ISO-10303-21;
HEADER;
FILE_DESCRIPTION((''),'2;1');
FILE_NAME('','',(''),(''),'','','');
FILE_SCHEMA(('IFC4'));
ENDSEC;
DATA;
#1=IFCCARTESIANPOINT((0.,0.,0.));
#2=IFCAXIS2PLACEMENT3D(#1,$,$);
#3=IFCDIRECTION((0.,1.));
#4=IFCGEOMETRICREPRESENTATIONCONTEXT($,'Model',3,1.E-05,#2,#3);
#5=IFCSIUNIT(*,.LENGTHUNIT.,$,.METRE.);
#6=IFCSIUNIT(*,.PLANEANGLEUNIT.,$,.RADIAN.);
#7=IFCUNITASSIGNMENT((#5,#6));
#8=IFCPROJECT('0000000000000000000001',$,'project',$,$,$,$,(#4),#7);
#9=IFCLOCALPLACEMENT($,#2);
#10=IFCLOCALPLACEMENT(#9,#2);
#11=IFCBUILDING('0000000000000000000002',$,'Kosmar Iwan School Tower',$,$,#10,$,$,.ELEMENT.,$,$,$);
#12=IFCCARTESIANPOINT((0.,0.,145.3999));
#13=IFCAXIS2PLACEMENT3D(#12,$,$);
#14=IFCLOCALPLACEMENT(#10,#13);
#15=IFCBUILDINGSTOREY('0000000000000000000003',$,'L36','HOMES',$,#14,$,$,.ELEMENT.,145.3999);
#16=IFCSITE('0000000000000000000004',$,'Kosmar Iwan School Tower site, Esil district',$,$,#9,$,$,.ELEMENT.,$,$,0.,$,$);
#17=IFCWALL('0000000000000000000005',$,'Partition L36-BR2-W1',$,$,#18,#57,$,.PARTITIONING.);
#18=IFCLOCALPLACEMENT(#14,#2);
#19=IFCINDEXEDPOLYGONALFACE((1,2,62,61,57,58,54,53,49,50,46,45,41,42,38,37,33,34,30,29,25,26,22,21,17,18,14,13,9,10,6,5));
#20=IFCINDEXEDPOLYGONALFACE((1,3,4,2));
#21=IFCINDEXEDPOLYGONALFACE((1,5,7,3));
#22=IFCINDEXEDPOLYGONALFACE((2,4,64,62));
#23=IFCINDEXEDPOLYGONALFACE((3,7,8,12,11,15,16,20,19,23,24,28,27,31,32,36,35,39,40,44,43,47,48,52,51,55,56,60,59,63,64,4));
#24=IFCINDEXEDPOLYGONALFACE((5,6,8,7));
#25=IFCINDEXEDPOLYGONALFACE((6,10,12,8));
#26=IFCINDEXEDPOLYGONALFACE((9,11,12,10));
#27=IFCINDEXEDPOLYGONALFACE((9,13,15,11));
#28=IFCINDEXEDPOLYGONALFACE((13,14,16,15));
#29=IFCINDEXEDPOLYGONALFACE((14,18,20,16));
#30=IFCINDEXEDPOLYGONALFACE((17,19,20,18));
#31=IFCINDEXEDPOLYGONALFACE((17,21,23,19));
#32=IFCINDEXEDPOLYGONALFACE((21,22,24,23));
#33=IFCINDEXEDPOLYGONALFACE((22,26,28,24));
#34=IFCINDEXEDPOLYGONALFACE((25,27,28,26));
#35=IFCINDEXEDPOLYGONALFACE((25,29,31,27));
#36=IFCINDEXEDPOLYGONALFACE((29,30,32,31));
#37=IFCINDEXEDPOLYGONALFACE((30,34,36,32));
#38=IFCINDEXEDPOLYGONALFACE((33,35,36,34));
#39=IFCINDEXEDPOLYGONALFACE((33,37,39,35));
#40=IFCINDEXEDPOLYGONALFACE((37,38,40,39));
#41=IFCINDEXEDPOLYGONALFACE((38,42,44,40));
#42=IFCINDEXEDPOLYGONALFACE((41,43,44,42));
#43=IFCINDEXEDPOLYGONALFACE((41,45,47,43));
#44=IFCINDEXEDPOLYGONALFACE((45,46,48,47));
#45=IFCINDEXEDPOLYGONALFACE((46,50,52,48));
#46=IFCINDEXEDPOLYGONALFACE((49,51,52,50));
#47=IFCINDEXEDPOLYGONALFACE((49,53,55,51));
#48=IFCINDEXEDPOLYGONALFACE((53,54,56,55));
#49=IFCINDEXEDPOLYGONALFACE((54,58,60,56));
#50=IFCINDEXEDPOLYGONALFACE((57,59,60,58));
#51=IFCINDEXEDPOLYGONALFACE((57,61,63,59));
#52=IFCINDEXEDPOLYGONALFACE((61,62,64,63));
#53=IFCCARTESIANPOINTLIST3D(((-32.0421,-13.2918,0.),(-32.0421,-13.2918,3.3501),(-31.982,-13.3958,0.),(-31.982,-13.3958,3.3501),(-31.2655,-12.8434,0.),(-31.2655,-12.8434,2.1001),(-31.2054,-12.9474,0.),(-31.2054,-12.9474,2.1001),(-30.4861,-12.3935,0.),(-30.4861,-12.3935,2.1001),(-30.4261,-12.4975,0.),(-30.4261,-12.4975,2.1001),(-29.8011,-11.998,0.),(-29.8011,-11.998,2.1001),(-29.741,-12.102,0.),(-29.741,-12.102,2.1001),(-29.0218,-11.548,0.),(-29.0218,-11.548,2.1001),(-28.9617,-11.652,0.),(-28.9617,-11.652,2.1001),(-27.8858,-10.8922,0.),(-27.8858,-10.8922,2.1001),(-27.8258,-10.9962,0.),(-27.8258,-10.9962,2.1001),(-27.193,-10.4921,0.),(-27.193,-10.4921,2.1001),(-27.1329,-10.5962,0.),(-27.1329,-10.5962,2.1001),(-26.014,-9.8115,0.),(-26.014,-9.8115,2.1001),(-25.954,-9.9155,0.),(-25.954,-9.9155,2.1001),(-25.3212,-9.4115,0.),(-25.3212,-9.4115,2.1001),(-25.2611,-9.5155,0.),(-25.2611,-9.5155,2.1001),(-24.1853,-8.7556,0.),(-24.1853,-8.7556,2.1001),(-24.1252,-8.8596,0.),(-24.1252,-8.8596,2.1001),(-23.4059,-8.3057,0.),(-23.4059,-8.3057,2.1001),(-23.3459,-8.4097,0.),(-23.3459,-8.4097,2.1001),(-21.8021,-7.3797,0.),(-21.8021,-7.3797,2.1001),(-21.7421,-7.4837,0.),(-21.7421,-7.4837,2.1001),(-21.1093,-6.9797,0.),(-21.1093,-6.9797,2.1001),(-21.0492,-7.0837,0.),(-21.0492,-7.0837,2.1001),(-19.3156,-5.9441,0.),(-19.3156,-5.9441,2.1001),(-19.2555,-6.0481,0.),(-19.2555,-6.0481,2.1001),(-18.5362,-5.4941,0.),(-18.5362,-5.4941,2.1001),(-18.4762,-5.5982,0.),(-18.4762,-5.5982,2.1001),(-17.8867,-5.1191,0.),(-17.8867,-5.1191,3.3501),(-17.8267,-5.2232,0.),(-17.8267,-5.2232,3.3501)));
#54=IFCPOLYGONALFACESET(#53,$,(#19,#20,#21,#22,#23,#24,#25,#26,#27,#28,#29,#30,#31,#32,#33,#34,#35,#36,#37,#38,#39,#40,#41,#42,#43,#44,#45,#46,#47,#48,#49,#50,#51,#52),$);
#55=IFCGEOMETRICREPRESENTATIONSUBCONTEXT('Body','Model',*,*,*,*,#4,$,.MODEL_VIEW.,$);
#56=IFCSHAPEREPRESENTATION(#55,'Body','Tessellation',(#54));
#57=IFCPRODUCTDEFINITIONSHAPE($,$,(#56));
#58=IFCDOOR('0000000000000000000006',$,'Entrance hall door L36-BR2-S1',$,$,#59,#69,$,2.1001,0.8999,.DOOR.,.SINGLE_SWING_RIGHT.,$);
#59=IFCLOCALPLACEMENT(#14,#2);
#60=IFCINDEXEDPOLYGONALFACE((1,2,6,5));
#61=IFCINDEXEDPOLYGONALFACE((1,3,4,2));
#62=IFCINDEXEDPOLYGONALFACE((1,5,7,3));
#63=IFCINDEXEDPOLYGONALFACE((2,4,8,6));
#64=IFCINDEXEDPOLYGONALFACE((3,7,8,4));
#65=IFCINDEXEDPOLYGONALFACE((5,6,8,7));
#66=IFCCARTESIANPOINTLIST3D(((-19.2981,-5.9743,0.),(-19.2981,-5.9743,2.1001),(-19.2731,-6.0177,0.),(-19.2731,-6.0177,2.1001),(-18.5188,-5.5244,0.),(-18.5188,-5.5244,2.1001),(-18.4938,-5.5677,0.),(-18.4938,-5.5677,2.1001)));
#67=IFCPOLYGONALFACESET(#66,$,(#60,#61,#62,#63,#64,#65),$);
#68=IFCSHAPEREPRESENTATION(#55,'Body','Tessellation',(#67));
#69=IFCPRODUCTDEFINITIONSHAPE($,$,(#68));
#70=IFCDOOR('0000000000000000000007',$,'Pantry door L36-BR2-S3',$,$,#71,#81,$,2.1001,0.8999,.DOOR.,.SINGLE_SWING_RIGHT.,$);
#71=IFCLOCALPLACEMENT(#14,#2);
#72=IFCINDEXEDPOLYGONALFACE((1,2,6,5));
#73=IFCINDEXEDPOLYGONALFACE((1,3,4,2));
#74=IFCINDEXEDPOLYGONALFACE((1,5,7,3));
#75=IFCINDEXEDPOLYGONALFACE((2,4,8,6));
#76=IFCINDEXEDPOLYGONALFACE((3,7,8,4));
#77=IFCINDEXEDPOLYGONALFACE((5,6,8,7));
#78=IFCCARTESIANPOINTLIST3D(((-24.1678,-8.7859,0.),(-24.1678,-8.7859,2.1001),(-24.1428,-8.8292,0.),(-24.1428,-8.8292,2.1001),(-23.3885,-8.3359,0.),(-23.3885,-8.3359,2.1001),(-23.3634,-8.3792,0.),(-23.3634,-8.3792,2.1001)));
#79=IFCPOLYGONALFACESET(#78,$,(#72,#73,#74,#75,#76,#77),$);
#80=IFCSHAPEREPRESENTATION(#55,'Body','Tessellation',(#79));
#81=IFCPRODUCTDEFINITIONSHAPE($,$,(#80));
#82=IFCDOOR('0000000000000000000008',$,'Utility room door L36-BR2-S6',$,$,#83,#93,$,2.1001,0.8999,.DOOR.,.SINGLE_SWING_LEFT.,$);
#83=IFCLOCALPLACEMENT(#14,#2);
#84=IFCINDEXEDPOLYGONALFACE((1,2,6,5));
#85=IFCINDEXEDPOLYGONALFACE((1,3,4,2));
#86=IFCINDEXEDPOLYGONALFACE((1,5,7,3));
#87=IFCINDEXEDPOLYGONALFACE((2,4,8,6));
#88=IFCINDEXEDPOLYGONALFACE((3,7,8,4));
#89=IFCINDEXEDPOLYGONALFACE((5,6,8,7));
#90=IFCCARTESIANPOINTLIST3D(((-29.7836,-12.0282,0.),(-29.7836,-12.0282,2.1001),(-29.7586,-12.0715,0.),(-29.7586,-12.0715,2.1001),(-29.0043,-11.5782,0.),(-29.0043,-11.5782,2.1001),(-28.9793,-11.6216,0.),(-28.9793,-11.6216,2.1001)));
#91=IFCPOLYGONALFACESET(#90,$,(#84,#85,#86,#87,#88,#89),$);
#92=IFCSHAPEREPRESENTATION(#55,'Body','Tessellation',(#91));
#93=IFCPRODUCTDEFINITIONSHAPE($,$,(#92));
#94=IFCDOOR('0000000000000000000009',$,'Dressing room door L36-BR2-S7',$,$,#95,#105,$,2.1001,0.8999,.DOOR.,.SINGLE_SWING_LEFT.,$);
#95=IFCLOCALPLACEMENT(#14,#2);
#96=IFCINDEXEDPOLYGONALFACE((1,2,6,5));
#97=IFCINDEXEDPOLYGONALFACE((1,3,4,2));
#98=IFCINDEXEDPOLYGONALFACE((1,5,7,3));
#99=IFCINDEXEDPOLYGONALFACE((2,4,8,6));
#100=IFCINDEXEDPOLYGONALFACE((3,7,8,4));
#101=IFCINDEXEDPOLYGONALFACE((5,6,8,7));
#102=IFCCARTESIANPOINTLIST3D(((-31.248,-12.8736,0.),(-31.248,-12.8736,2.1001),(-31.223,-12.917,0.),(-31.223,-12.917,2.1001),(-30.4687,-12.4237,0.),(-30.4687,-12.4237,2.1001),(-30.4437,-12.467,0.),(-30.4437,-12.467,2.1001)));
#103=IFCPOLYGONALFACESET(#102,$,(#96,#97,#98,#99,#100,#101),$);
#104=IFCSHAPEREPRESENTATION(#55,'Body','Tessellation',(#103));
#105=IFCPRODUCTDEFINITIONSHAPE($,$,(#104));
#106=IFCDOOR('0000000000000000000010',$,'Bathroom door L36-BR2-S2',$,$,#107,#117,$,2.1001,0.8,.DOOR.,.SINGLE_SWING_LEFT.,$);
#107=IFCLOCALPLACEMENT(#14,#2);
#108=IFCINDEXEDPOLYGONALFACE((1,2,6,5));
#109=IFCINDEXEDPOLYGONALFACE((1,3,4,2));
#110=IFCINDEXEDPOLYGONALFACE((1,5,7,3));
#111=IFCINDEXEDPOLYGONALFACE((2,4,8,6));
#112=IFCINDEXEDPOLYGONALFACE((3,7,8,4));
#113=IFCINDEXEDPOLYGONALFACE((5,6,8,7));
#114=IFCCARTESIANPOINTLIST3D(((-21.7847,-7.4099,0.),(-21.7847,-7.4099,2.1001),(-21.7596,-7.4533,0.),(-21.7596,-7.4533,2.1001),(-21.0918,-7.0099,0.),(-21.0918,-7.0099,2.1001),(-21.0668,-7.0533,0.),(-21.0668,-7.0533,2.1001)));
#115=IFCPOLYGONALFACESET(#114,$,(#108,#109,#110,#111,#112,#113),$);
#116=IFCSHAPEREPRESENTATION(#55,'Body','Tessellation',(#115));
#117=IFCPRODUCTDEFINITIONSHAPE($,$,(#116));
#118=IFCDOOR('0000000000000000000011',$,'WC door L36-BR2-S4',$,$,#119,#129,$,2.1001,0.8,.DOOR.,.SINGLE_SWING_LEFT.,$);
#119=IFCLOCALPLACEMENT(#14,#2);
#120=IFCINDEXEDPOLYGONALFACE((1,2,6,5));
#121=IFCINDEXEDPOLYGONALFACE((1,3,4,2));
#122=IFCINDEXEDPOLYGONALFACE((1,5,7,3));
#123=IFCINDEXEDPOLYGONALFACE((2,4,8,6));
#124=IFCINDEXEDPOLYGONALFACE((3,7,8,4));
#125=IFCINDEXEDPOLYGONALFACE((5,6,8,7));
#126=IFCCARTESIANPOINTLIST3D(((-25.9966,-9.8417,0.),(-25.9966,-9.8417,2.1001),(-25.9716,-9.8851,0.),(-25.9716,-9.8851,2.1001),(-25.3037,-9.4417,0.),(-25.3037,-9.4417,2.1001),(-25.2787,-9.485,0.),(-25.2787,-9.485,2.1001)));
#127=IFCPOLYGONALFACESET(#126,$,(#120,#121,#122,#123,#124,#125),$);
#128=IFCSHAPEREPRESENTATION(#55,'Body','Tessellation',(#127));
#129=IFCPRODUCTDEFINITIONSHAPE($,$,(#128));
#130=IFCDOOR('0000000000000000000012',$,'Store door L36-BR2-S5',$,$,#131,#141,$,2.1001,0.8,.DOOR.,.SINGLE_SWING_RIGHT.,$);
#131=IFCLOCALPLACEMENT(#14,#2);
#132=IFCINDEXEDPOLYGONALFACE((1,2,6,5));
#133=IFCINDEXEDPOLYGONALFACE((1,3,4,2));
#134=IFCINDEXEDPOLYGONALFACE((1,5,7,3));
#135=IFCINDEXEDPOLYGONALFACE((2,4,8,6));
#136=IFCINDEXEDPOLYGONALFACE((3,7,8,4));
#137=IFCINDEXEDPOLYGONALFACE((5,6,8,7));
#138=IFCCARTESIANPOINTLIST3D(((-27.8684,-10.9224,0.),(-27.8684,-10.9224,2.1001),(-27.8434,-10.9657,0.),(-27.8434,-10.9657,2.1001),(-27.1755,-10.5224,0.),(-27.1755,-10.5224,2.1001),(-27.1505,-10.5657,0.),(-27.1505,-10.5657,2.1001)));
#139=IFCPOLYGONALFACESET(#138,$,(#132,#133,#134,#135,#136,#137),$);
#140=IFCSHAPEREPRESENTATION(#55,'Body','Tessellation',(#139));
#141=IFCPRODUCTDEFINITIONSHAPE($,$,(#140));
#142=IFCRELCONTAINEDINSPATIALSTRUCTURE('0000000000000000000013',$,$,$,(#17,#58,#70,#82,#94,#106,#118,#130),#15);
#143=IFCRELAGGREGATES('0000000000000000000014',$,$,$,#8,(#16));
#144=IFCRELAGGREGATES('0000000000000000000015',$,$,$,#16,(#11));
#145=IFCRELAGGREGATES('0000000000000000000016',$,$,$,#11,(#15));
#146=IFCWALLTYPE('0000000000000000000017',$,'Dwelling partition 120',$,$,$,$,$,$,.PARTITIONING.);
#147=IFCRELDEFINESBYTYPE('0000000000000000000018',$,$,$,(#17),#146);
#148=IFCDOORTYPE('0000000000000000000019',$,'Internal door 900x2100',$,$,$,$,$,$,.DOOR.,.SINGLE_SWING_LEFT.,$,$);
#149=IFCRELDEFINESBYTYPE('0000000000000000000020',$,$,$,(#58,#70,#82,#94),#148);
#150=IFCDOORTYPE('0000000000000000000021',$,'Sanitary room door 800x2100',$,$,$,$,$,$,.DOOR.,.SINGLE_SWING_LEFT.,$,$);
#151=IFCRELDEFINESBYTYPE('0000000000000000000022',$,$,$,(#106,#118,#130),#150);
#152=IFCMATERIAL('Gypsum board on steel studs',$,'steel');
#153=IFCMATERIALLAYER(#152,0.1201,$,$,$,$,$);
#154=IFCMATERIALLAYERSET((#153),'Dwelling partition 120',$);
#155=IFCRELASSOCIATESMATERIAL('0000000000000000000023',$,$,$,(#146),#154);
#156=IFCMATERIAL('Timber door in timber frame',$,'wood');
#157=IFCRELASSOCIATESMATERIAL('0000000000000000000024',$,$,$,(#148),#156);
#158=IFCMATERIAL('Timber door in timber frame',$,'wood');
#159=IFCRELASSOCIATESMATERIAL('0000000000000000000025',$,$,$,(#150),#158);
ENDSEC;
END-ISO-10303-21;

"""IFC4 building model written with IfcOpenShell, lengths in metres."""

from ifc_helpers import new_model, si_unit, direction, frame, frame_2d, origin, place, context, subcontext, project, spatial, rectangle, extrude, material, layer, layer_set, type_object, element, fill, save


model = new_model("IFC4")

# Units and contexts
model_context = context("Model", 3, precision=1e-05, world=origin(), true_north=direction((0.0, 1.0)))
body_context = subcontext(model_context, "Body", "Model", "MODEL_VIEW")
ifc_project = project(units=[si_unit("LENGTHUNIT", "METRE"), si_unit("PLANEANGLEUNIT", "RADIAN")], contexts=[model_context])

# Site, building, storey
site_placement = place(None, origin())
site = spatial("IfcSite", under=ifc_project, at=site_placement, Name="Kosmar Iwan School Tower site, Esil district", CompositionType="ELEMENT", RefElevation=0.0)
building_placement = place(site_placement, origin())
building = spatial("IfcBuilding", under=site, at=building_placement, Name="Kosmar Iwan School Tower", CompositionType="ELEMENT")
storey_placement = place(building_placement, frame((0.0, 0.0, 145.3999)))
storey = spatial("IfcBuildingStorey", under=building, at=storey_placement, Name="L36", Description="HOMES", CompositionType="ELEMENT", Elevation=145.3999)

# Shared definitions
ifc_material_1 = material(Name="Gypsum board on steel studs", Category="steel")
ifc_layer = layer(ifc_material_1, 0.1201)
ifc_layer_set = layer_set([ifc_layer], Name="Dwelling partition 120")
wall_type = type_object("IfcWallType", Name="Dwelling partition 120", PredefinedType="PARTITIONING", material=ifc_layer_set)

# Wall, openings, doors
wall_1_placement = place(storey_placement, frame((-17.8567, -5.1711, 0.0), z_axis=(0.0, 0.0, 1.0), x_axis=(-0.866024, -0.500003, 0.0)))
wall_1 = element("IfcWall", 1, at=wall_1_placement, inside=storey, type_object=wall_type, Name="Partition L36-BR2-W1", PredefinedType="PARTITIONING", context=body_context, shape_type="SweptSolid", body=[
    extrude(rectangle(XDim=16.3452, YDim=0.1201, at=frame_2d((8.1726, 0.0))), origin(), (0.0, 0.0, 1.0), 3.3501),
])
opening_1_placement = place(wall_1_placement, frame((0.75, 0.0, 0.0)))
opening_1 = element("IfcOpeningElement", 2, at=opening_1_placement, cuts=wall_1, PredefinedType="OPENING", context=body_context, shape_type="SweptSolid", body=[
    extrude(rectangle(XDim=0.8999, YDim=2.1001, at=frame_2d((0.45, 1.05))), frame((0.0, 0.072, 0.0), z_axis=(0.0, -1.0, 0.0), x_axis=(1.0, 0.0, 0.0)), (0.0, 0.0, 1.0), 0.144),
])
opening_2_placement = place(wall_1_placement, frame((3.7212, 0.0, 0.0)))
opening_2 = element("IfcOpeningElement", 3, at=opening_2_placement, cuts=wall_1, PredefinedType="OPENING", context=body_context, shape_type="SweptSolid", body=[
    extrude(rectangle(XDim=0.8, YDim=2.1001, at=frame_2d((0.3999, 1.05))), frame((0.0, 0.072, 0.0), z_axis=(0.0, -1.0, 0.0), x_axis=(1.0, 0.0, 0.0)), (0.0, 0.0, 1.0), 0.144),
])
opening_3_placement = place(wall_1_placement, frame((6.373, 0.0, 0.0)))
opening_3 = element("IfcOpeningElement", 4, at=opening_3_placement, cuts=wall_1, PredefinedType="OPENING", context=body_context, shape_type="SweptSolid", body=[
    extrude(rectangle(XDim=0.8999, YDim=2.1001, at=frame_2d((0.45, 1.05))), frame((0.0, 0.072, 0.0), z_axis=(0.0, -1.0, 0.0), x_axis=(1.0, 0.0, 0.0)), (0.0, 0.0, 1.0), 0.144),
])
opening_4_placement = place(wall_1_placement, frame((8.5847, 0.0, 0.0)))
opening_4 = element("IfcOpeningElement", 5, at=opening_4_placement, cuts=wall_1, PredefinedType="OPENING", context=body_context, shape_type="SweptSolid", body=[
    extrude(rectangle(XDim=0.8, YDim=2.1001, at=frame_2d((0.3999, 1.05))), frame((0.0, 0.072, 0.0), z_axis=(0.0, -1.0, 0.0), x_axis=(1.0, 0.0, 0.0)), (0.0, 0.0, 1.0), 0.144),
])
opening_5_placement = place(wall_1_placement, frame((10.7461, 0.0, 0.0)))
opening_5 = element("IfcOpeningElement", 6, at=opening_5_placement, cuts=wall_1, PredefinedType="OPENING", context=body_context, shape_type="SweptSolid", body=[
    extrude(rectangle(XDim=0.8, YDim=2.1001, at=frame_2d((0.3999, 1.05))), frame((0.0, 0.072, 0.0), z_axis=(0.0, -1.0, 0.0), x_axis=(1.0, 0.0, 0.0)), (0.0, 0.0, 1.0), 0.144),
])
opening_6_placement = place(wall_1_placement, frame((12.8577, 0.0, 0.0)))
opening_6 = element("IfcOpeningElement", 7, at=opening_6_placement, cuts=wall_1, PredefinedType="OPENING", context=body_context, shape_type="SweptSolid", body=[
    extrude(rectangle(XDim=0.8999, YDim=2.1001, at=frame_2d((0.45, 1.05))), frame((0.0, 0.072, 0.0), z_axis=(0.0, -1.0, 0.0), x_axis=(1.0, 0.0, 0.0)), (0.0, 0.0, 1.0), 0.144),
])
opening_7_placement = place(wall_1_placement, frame((14.5486, 0.0, 0.0)))
opening_7 = element("IfcOpeningElement", 8, at=opening_7_placement, cuts=wall_1, PredefinedType="OPENING", context=body_context, shape_type="SweptSolid", body=[
    extrude(rectangle(XDim=0.8999, YDim=2.1001, at=frame_2d((0.45, 1.05))), frame((0.0, 0.072, 0.0), z_axis=(0.0, -1.0, 0.0), x_axis=(1.0, 0.0, 0.0)), (0.0, 0.0, 1.0), 0.144),
])
ifc_material_2 = material(Name="Timber door in timber frame", Category="wood")
door_type_1 = type_object("IfcDoorType", Name="Internal door 900x2100", OperationType="SINGLE_SWING_LEFT", PredefinedType="DOOR", material=ifc_material_2)
door_1_placement = place(opening_1_placement, origin())
door_1 = element("IfcDoor", 9, at=door_1_placement, inside=storey, type_object=door_type_1, Name="Entrance hall door L36-BR2-S1", OperationType="SINGLE_SWING_RIGHT", OverallHeight=2.1001, OverallWidth=0.8999, PredefinedType="DOOR", context=body_context, shape_type="SweptSolid", body=[
    extrude(rectangle(XDim=0.8999, YDim=2.1001, at=frame_2d((0.45, 1.05))), frame((0.0, 0.0249, 0.0), z_axis=(0.0, -1.0, 0.0), x_axis=(1.0, 0.0, 0.0)), (0.0, 0.0, 1.0), 0.05),
])
fill(opening_1, door_1)
door_2_placement = place(opening_3_placement, origin())
door_2 = element("IfcDoor", 10, at=door_2_placement, inside=storey, type_object=door_type_1, Name="Pantry door L36-BR2-S3", OperationType="SINGLE_SWING_RIGHT", OverallHeight=2.1001, OverallWidth=0.8999, PredefinedType="DOOR", context=body_context, shape_type="SweptSolid", body=[
    extrude(rectangle(XDim=0.8999, YDim=2.1001, at=frame_2d((0.45, 1.05))), frame((0.0, 0.0249, 0.0), z_axis=(0.0, -1.0, 0.0), x_axis=(1.0, 0.0, 0.0)), (0.0, 0.0, 1.0), 0.05),
])
fill(opening_3, door_2)
door_3_placement = place(opening_6_placement, origin())
door_3 = element("IfcDoor", 11, at=door_3_placement, inside=storey, type_object=door_type_1, Name="Utility room door L36-BR2-S6", OperationType="SINGLE_SWING_LEFT", OverallHeight=2.1001, OverallWidth=0.8999, PredefinedType="DOOR", context=body_context, shape_type="SweptSolid", body=[
    extrude(rectangle(XDim=0.8999, YDim=2.1001, at=frame_2d((0.45, 1.05))), frame((0.0, 0.0249, 0.0), z_axis=(0.0, -1.0, 0.0), x_axis=(1.0, 0.0, 0.0)), (0.0, 0.0, 1.0), 0.05),
])
fill(opening_6, door_3)
door_4_placement = place(opening_7_placement, origin())
door_4 = element("IfcDoor", 12, at=door_4_placement, inside=storey, type_object=door_type_1, Name="Dressing room door L36-BR2-S7", OperationType="SINGLE_SWING_LEFT", OverallHeight=2.1001, OverallWidth=0.8999, PredefinedType="DOOR", context=body_context, shape_type="SweptSolid", body=[
    extrude(rectangle(XDim=0.8999, YDim=2.1001, at=frame_2d((0.45, 1.05))), frame((0.0, 0.0249, 0.0), z_axis=(0.0, -1.0, 0.0), x_axis=(1.0, 0.0, 0.0)), (0.0, 0.0, 1.0), 0.05),
])
fill(opening_7, door_4)
ifc_material_3 = material(Name="Timber door in timber frame", Category="wood")
door_type_2 = type_object("IfcDoorType", Name="Sanitary room door 800x2100", OperationType="SINGLE_SWING_LEFT", PredefinedType="DOOR", material=ifc_material_3)
door_5_placement = place(opening_2_placement, origin())
door_5 = element("IfcDoor", 13, at=door_5_placement, inside=storey, type_object=door_type_2, Name="Bathroom door L36-BR2-S2", OperationType="SINGLE_SWING_LEFT", OverallHeight=2.1001, OverallWidth=0.8, PredefinedType="DOOR", context=body_context, shape_type="SweptSolid", body=[
    extrude(rectangle(XDim=0.8, YDim=2.1001, at=frame_2d((0.3999, 1.05))), frame((0.0, 0.0249, 0.0), z_axis=(0.0, -1.0, 0.0), x_axis=(1.0, 0.0, 0.0)), (0.0, 0.0, 1.0), 0.05),
])
fill(opening_2, door_5)
door_6_placement = place(opening_4_placement, origin())
door_6 = element("IfcDoor", 14, at=door_6_placement, inside=storey, type_object=door_type_2, Name="WC door L36-BR2-S4", OperationType="SINGLE_SWING_LEFT", OverallHeight=2.1001, OverallWidth=0.8, PredefinedType="DOOR", context=body_context, shape_type="SweptSolid", body=[
    extrude(rectangle(XDim=0.8, YDim=2.1001, at=frame_2d((0.3999, 1.05))), frame((0.0, 0.0249, 0.0), z_axis=(0.0, -1.0, 0.0), x_axis=(1.0, 0.0, 0.0)), (0.0, 0.0, 1.0), 0.05),
])
fill(opening_4, door_6)
door_7_placement = place(opening_5_placement, origin())
door_7 = element("IfcDoor", 15, at=door_7_placement, inside=storey, type_object=door_type_2, Name="Store door L36-BR2-S5", OperationType="SINGLE_SWING_RIGHT", OverallHeight=2.1001, OverallWidth=0.8, PredefinedType="DOOR", context=body_context, shape_type="SweptSolid", body=[
    extrude(rectangle(XDim=0.8, YDim=2.1001, at=frame_2d((0.3999, 1.05))), frame((0.0, 0.0249, 0.0), z_axis=(0.0, -1.0, 0.0), x_axis=(1.0, 0.0, 0.0)), (0.0, 0.0, 1.0), 0.05),
])
fill(opening_5, door_7)

save(model, "model.ifc")
